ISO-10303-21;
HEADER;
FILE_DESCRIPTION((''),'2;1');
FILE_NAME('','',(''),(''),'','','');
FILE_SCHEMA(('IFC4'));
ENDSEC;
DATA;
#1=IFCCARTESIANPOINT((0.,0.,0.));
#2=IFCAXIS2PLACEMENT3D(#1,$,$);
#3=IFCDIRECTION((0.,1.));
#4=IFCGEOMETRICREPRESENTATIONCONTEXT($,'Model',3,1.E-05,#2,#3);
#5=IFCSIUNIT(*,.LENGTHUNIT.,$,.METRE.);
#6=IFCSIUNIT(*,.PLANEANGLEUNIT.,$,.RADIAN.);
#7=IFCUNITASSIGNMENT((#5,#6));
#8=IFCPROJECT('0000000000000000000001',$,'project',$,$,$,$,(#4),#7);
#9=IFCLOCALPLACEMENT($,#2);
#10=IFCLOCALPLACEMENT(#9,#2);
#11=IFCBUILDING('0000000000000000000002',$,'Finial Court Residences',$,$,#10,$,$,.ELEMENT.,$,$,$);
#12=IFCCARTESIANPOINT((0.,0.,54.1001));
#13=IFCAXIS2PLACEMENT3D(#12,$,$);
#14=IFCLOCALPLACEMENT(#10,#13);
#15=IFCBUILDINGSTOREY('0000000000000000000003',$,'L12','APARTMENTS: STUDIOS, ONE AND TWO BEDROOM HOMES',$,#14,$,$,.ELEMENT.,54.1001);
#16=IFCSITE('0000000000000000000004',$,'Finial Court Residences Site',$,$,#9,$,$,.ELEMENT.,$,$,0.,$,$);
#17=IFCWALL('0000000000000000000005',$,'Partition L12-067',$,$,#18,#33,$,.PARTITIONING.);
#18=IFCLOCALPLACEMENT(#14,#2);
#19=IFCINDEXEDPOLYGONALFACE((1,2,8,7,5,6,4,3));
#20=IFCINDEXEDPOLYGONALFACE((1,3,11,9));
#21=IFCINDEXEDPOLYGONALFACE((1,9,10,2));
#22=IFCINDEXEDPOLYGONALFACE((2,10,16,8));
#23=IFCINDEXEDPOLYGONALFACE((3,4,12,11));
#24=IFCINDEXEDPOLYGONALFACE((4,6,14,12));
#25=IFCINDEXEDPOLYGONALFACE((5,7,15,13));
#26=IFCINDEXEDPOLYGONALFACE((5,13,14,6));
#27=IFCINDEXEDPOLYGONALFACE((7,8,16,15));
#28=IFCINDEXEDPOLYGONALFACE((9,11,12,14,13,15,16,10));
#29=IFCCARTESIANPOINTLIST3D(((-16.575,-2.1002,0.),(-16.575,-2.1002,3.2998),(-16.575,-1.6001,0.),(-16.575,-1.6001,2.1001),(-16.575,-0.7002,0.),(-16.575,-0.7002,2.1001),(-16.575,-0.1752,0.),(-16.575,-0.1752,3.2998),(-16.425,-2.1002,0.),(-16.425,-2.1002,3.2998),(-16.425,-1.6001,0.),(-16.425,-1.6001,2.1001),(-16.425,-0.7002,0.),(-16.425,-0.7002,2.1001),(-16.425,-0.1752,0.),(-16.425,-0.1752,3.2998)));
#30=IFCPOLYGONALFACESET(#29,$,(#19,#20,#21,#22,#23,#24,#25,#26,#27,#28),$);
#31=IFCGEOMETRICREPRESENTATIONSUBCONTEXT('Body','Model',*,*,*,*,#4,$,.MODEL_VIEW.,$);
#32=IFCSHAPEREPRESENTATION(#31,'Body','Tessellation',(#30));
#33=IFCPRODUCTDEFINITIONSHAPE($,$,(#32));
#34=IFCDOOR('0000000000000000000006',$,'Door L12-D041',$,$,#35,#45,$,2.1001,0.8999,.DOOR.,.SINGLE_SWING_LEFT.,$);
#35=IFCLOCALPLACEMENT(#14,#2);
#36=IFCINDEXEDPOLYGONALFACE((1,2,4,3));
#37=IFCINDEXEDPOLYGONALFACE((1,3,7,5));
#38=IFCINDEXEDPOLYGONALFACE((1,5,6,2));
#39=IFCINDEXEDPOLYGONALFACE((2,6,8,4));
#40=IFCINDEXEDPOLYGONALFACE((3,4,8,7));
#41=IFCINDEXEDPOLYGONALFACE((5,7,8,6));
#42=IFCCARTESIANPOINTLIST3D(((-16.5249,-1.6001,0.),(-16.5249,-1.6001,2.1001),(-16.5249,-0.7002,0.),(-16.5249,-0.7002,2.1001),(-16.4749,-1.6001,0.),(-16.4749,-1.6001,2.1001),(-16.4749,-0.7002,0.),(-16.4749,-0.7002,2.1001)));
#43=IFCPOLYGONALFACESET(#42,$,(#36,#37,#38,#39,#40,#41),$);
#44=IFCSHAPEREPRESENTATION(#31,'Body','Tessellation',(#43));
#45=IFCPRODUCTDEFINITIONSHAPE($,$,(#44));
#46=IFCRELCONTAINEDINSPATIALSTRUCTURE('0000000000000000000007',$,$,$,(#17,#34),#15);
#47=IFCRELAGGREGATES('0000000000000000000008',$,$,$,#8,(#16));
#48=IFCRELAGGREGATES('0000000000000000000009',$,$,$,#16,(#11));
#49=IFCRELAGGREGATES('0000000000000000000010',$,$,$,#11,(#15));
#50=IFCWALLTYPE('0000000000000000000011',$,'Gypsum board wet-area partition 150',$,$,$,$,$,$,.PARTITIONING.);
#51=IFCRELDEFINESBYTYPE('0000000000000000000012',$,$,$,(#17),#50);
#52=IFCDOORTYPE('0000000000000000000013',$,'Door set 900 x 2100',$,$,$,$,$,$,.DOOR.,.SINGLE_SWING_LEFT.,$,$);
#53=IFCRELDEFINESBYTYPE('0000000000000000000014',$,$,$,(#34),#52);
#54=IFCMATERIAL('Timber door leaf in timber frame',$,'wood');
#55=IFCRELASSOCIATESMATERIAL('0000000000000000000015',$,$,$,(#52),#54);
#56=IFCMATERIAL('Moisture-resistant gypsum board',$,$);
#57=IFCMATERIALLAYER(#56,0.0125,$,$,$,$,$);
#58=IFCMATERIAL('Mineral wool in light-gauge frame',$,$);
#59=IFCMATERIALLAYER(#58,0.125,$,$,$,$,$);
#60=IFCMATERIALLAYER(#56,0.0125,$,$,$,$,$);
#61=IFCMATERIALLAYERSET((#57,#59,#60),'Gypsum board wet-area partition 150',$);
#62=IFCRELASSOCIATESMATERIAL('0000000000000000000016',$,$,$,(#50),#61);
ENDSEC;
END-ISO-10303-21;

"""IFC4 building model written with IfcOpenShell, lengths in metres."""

from ifc_helpers import new_model, si_unit, direction, frame, frame_2d, origin, place, context, subcontext, project, spatial, rectangle, extrude, material, layer, layer_set, type_object, element, fill, save


model = new_model("IFC4")

# Units and contexts
model_context = context("Model", 3, precision=1e-05, world=origin(), true_north=direction((0.0, 1.0)))
body_context = subcontext(model_context, "Body", "Model", "MODEL_VIEW")
ifc_project = project(units=[si_unit("LENGTHUNIT", "METRE"), si_unit("PLANEANGLEUNIT", "RADIAN")], contexts=[model_context])

# Site, building, storey
site_placement = place(None, origin())
site = spatial("IfcSite", under=ifc_project, at=site_placement, Name="Finial Court Residences Site", CompositionType="ELEMENT", RefElevation=0.0)
building_placement = place(site_placement, origin())
building = spatial("IfcBuilding", under=site, at=building_placement, Name="Finial Court Residences", CompositionType="ELEMENT")
storey_placement = place(building_placement, frame((0.0, 0.0, 54.1001)))
storey = spatial("IfcBuildingStorey", under=building, at=storey_placement, Name="L12", Description="APARTMENTS: STUDIOS, ONE AND TWO BEDROOM HOMES", CompositionType="ELEMENT", Elevation=54.1001)

# Shared definitions
ifc_material_1 = material(Name="Mineral wool in light-gauge frame")
ifc_material_2 = material(Name="Timber door leaf in timber frame", Category="wood")
door_type_1 = type_object("IfcDoorType", Name="Door set 900 x 2100", OperationType="SINGLE_SWING_LEFT", PredefinedType="DOOR", material=ifc_material_2)

# Shared definitions
ifc_material_3 = material(Name="Moisture-resistant gypsum board")
ifc_layer_1 = layer(ifc_material_3, 0.0125)
ifc_layer_2 = layer(ifc_material_1, 0.125)
ifc_layer_3 = layer(ifc_material_3, 0.0125)
ifc_layer_set_1 = layer_set([ifc_layer_1, ifc_layer_2, ifc_layer_3], Name="Gypsum board wet-area partition 150")
wall_type_1 = type_object("IfcWallType", Name="Gypsum board wet-area partition 150", PredefinedType="PARTITIONING", material=ifc_layer_set_1)

# Wall, opening, door
wall_1_placement = place(storey_placement, frame((-16.5, -2.1001, 0.0), z_axis=(0.0, 0.0, 1.0), x_axis=(0.0, 1.0, 0.0)))
wall_1 = element("IfcWall", 1, at=wall_1_placement, inside=storey, type_object=wall_type_1, Name="Partition L12-067", PredefinedType="PARTITIONING", context=body_context, shape_type="SweptSolid", body=[
    extrude(rectangle(XDim=1.925, YDim=0.1499, at=frame_2d((0.9624, 0.0))), origin(), (0.0, 0.0, 1.0), 3.2998),
])
opening_1_placement = place(wall_1_placement, frame((0.5, 0.0, 0.0)))
opening_1 = element("IfcOpeningElement", 2, at=opening_1_placement, cuts=wall_1, PredefinedType="OPENING", context=body_context, shape_type="SweptSolid", body=[
    extrude(rectangle(XDim=0.8999, YDim=2.1001, at=frame_2d((0.45, 1.05))), frame((0.0, 0.085, 0.0), z_axis=(0.0, -1.0, 0.0), x_axis=(1.0, 0.0, 0.0)), (0.0, 0.0, 1.0), 0.1699),
])
door_1_placement = place(opening_1_placement, origin())
door_1 = element("IfcDoor", 3, at=door_1_placement, inside=storey, type_object=door_type_1, Name="Door L12-D041", OperationType="SINGLE_SWING_LEFT", OverallHeight=2.1001, OverallWidth=0.8999, PredefinedType="DOOR", context=body_context, shape_type="SweptSolid", body=[
    extrude(rectangle(XDim=0.8999, YDim=2.1001, at=frame_2d((0.45, 1.05))), frame((0.0, 0.0249, 0.0), z_axis=(0.0, -1.0, 0.0), x_axis=(1.0, 0.0, 0.0)), (0.0, 0.0, 1.0), 0.05),
])
fill(opening_1, door_1)

save(model, "model.ifc")
